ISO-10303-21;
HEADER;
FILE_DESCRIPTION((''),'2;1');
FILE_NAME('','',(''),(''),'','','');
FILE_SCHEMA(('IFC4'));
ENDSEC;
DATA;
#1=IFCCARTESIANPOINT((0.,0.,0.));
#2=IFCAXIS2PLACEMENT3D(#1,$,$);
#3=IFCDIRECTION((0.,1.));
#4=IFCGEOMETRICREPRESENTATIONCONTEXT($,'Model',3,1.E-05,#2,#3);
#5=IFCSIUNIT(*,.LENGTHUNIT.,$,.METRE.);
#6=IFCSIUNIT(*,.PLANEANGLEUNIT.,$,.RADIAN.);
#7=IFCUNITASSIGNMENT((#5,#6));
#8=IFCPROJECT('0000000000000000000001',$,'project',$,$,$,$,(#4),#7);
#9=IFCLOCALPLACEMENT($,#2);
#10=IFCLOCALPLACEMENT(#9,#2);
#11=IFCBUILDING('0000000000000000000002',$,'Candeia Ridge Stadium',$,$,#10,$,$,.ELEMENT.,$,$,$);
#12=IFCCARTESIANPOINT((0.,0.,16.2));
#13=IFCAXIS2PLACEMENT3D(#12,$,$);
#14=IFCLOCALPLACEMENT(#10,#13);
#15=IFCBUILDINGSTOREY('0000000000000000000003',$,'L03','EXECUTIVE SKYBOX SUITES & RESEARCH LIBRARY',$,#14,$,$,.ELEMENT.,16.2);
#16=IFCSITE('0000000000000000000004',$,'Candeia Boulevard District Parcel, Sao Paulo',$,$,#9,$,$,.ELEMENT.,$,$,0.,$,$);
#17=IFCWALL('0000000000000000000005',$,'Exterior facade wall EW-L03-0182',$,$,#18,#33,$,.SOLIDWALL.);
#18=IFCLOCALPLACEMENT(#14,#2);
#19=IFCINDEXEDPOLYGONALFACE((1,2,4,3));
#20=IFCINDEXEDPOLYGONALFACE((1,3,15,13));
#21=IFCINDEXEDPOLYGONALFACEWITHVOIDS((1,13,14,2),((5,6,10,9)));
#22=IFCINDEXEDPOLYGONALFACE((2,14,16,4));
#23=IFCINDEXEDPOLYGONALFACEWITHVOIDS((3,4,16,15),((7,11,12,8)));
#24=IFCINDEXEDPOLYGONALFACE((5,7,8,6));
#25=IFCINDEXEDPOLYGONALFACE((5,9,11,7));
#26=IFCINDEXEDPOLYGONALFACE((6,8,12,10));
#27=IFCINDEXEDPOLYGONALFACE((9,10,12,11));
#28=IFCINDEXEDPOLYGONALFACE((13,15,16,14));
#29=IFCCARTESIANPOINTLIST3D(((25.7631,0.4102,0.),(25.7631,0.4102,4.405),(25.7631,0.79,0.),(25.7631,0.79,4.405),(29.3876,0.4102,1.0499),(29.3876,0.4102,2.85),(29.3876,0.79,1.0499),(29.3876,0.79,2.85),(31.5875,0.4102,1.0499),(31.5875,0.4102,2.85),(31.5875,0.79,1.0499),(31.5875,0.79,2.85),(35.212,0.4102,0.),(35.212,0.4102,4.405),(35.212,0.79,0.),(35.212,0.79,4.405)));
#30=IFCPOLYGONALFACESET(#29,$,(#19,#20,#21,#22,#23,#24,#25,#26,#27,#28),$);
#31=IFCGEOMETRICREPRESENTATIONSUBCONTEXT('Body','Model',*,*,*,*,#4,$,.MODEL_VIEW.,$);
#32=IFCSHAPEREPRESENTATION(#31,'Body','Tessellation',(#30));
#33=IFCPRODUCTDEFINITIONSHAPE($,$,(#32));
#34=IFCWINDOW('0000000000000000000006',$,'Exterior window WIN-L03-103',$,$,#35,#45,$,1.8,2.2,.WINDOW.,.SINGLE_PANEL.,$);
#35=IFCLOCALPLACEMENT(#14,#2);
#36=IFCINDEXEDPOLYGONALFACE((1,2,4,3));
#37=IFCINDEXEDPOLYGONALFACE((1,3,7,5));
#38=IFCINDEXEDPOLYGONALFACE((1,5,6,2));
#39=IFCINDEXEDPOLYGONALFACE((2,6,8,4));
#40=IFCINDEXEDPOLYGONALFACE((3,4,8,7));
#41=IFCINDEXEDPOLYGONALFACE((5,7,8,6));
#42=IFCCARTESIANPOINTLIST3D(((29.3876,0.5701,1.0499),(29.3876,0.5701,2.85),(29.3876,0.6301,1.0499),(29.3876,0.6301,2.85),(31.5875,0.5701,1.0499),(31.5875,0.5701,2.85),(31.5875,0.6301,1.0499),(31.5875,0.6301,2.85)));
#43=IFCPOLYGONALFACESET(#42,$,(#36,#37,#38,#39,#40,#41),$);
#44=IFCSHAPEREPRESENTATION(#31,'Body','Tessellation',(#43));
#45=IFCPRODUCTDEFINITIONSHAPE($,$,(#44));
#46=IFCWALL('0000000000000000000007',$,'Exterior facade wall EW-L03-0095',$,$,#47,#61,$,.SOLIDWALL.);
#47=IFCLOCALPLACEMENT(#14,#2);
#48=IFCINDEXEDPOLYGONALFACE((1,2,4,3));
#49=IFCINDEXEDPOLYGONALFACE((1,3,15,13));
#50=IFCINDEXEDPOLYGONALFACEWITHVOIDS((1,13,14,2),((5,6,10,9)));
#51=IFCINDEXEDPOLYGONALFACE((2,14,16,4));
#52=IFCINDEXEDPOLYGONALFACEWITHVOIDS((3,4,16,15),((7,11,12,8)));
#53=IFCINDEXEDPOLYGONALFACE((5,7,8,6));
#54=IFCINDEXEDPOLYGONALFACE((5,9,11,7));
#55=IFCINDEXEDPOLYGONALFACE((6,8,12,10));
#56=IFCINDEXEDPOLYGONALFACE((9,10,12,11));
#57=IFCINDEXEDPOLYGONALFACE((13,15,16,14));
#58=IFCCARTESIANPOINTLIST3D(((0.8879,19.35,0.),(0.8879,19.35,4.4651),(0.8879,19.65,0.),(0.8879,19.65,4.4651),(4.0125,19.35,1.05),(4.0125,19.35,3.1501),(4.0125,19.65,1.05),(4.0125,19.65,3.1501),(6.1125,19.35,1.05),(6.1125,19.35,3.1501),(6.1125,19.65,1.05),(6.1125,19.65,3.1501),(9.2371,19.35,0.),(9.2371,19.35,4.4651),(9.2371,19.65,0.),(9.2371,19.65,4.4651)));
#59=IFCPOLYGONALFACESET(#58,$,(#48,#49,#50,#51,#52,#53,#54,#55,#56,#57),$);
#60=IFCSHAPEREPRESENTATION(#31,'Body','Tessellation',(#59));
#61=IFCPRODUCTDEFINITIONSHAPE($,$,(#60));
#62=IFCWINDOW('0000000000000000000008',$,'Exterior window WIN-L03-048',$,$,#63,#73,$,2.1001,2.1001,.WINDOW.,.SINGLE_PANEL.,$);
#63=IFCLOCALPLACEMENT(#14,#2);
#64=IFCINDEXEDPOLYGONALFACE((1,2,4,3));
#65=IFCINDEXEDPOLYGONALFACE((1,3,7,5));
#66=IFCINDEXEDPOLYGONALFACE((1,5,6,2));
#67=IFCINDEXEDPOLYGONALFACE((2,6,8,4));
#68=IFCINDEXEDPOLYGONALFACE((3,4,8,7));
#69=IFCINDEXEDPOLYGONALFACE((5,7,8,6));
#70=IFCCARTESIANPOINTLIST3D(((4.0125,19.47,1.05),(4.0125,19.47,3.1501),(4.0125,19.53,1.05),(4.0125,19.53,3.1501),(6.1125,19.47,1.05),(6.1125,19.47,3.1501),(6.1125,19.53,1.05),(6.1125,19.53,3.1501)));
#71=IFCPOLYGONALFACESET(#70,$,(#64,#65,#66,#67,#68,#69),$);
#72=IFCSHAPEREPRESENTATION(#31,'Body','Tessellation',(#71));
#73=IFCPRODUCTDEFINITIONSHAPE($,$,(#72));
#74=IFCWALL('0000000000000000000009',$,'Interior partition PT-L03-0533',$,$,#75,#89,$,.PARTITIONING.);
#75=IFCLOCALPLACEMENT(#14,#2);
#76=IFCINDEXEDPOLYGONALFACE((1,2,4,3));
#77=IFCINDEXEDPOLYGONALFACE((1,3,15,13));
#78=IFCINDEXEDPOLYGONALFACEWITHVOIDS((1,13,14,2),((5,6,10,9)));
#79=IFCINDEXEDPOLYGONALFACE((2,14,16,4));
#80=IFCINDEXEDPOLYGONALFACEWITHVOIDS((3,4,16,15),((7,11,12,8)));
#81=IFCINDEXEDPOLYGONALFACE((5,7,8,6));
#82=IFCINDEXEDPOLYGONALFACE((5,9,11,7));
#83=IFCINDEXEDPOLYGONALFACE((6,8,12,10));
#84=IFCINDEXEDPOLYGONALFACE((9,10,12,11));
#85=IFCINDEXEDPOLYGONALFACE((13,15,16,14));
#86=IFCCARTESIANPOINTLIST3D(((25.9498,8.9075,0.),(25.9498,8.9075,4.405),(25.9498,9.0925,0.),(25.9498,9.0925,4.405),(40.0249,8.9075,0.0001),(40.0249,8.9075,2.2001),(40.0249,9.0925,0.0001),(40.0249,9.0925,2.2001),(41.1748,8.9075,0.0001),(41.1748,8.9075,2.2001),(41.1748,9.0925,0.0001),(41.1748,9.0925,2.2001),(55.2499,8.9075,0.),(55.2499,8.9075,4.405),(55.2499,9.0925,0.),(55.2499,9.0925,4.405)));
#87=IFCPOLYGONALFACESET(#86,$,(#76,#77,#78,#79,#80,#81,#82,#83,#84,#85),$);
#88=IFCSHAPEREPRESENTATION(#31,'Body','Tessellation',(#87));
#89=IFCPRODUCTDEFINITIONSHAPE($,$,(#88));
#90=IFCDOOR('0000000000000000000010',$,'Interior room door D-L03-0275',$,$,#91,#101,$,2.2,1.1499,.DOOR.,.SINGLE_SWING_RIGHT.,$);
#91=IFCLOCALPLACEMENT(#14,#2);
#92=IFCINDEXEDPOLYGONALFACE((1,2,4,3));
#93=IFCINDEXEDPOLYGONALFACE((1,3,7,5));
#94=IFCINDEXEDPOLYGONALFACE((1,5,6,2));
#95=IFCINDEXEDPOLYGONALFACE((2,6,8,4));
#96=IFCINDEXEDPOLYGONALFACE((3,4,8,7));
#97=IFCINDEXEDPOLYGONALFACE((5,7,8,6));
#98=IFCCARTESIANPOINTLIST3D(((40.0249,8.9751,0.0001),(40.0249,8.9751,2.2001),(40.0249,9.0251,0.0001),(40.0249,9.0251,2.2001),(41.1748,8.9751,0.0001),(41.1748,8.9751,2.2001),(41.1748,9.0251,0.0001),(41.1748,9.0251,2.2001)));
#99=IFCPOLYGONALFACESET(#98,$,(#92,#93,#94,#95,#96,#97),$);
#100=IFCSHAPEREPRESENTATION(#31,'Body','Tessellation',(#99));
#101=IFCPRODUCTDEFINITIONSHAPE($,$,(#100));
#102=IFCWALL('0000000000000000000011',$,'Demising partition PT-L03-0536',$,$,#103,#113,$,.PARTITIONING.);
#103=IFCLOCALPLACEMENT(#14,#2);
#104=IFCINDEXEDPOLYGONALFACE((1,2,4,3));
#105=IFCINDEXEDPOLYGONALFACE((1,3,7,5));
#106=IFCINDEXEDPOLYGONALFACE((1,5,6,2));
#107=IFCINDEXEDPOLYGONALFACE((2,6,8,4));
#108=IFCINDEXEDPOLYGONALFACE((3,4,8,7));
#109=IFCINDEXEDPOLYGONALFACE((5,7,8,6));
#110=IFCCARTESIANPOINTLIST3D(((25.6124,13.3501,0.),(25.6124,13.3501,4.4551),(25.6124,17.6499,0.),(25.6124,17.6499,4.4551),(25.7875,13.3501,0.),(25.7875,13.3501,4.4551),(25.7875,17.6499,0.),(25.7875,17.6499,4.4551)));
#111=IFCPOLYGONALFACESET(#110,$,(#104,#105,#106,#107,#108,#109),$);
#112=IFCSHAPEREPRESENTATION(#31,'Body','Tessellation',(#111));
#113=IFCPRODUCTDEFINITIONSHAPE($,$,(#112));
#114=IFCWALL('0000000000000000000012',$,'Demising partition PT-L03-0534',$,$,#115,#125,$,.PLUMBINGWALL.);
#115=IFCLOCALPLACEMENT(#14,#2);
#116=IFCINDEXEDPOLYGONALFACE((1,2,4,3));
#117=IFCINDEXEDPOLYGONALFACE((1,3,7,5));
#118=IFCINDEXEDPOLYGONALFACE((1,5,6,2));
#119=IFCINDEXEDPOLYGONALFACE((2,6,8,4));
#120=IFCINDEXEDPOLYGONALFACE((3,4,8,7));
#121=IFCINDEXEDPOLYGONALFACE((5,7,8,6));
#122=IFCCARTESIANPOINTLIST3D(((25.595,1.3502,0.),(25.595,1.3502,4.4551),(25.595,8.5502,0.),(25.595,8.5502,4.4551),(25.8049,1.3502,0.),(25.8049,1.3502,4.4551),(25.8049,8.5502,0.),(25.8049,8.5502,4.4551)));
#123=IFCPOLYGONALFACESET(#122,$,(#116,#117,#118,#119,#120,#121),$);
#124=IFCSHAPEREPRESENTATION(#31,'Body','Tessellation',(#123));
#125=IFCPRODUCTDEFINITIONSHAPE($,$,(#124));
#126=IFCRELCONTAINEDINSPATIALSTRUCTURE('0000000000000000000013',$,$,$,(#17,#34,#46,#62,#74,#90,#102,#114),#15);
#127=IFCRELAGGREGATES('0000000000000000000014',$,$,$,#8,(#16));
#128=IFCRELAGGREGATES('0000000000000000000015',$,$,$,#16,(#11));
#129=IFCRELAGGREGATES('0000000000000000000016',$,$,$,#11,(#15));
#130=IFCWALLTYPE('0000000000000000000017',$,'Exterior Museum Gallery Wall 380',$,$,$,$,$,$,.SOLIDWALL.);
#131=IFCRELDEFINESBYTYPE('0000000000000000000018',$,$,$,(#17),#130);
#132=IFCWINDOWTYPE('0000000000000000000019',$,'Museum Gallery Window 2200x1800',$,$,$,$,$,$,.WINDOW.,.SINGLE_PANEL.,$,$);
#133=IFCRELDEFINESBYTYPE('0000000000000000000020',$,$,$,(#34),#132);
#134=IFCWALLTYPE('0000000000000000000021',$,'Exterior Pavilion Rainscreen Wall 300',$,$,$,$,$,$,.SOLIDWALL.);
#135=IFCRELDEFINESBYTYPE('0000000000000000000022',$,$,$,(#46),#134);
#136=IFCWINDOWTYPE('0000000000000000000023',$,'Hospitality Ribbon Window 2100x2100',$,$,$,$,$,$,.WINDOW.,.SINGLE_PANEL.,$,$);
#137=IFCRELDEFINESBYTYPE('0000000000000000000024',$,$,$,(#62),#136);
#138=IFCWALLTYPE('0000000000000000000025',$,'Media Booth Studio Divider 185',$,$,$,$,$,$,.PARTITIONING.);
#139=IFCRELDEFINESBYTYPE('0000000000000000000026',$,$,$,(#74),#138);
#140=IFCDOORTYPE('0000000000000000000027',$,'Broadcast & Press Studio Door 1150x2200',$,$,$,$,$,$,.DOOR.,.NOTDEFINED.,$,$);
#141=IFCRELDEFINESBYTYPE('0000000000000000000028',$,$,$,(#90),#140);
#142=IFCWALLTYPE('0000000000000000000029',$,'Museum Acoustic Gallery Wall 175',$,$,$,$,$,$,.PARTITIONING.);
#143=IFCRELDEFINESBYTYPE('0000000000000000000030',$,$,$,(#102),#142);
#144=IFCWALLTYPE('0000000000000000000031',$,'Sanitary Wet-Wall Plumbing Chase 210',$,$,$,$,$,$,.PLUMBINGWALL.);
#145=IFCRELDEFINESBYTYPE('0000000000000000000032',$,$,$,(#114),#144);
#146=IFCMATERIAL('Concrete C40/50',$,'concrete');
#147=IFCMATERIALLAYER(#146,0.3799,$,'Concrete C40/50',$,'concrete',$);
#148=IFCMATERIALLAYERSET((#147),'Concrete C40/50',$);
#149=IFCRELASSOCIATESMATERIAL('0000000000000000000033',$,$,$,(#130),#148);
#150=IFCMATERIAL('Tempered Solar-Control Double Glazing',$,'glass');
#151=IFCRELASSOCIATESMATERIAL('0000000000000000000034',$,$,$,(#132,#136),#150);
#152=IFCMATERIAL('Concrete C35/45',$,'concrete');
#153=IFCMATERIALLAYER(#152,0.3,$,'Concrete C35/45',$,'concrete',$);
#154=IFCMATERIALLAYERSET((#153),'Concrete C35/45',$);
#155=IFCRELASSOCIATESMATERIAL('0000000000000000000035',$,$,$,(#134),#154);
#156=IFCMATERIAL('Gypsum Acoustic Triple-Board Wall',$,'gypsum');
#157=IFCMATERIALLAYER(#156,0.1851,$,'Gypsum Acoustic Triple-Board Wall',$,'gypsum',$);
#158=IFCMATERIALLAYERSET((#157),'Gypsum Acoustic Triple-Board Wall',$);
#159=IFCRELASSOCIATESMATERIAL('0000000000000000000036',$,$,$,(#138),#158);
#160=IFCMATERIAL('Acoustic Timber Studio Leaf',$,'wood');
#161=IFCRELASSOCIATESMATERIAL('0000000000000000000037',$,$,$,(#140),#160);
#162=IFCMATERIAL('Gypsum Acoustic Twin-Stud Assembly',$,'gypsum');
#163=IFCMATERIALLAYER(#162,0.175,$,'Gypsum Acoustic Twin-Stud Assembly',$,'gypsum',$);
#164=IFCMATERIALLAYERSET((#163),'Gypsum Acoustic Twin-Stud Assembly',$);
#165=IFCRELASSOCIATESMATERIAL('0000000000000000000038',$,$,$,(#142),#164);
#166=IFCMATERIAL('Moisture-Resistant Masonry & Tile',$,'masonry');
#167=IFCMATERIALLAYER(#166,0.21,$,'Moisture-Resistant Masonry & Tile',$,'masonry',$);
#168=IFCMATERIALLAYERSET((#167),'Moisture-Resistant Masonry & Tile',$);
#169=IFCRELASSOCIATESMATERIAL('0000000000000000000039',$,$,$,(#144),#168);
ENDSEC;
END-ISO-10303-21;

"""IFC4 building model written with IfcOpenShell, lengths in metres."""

from ifc_helpers import new_model, si_unit, direction, frame, frame_2d, origin, place, context, subcontext, project, spatial, rectangle, extrude, material, layer, layer_set, type_object, element, fill, save


model = new_model("IFC4")

# Units and contexts
model_context = context("Model", 3, precision=1e-05, world=origin(), true_north=direction((0.0, 1.0)))
body_context = subcontext(model_context, "Body", "Model", "MODEL_VIEW")
ifc_project = project(units=[si_unit("LENGTHUNIT", "METRE"), si_unit("PLANEANGLEUNIT", "RADIAN")], contexts=[model_context])

# Site, building, storey
site_placement = place(None, origin())
site = spatial("IfcSite", under=ifc_project, at=site_placement, Name="Candeia Boulevard District Parcel, Sao Paulo", CompositionType="ELEMENT", RefElevation=0.0)
building_placement = place(site_placement, origin())
building = spatial("IfcBuilding", under=site, at=building_placement, Name="Candeia Ridge Stadium", CompositionType="ELEMENT")
storey_placement = place(building_placement, frame((0.0, 0.0, 16.2)))
storey = spatial("IfcBuildingStorey", under=building, at=storey_placement, Name="L03", Description="EXECUTIVE SKYBOX SUITES & RESEARCH LIBRARY", CompositionType="ELEMENT", Elevation=16.2)

# Shared definitions
ifc_material_1 = material(Name="Concrete C40/50", Category="concrete")

# Walls, openings, windows
ifc_layer_1 = layer(ifc_material_1, 0.3799, Name="Concrete C40/50", Category="concrete")
ifc_layer_set_1 = layer_set([ifc_layer_1], Name="Concrete C40/50")
wall_type_1 = type_object("IfcWallType", Name="Exterior Museum Gallery Wall 380", PredefinedType="SOLIDWALL", material=ifc_layer_set_1)
wall_1_placement = place(storey_placement, frame((25.7629, 0.6001, 0.0), z_axis=(0.0, 0.0, 1.0), x_axis=(1.0, 0.0, 0.0)))
wall_1 = element("IfcWall", 1, at=wall_1_placement, inside=storey, type_object=wall_type_1, Name="Exterior facade wall EW-L03-0182", PredefinedType="SOLIDWALL", context=body_context, shape_type="SweptSolid", body=[
    extrude(rectangle(XDim=9.449, YDim=0.3799, at=frame_2d((4.7246, 0.0))), origin(), (0.0, 0.0, 1.0), 4.405),
])
opening_1_placement = place(wall_1_placement, frame((3.6245, 0.0, 1.05)))
opening_1 = element("IfcOpeningElement", 2, at=opening_1_placement, cuts=wall_1, PredefinedType="OPENING", context=body_context, shape_type="SweptSolid", body=[
    extrude(rectangle(XDim=2.2, YDim=1.8, at=frame_2d((1.1001, 0.8999))), frame((0.0, 0.2, 0.0), z_axis=(0.0, -1.0, 0.0), x_axis=(1.0, 0.0, 0.0)), (0.0, 0.0, 1.0), 0.3999),
])
ifc_material_2 = material(Name="Tempered Solar-Control Double Glazing", Category="glass")
window_type_1 = type_object("IfcWindowType", Name="Museum Gallery Window 2200x1800", PartitioningType="SINGLE_PANEL", PredefinedType="WINDOW", material=ifc_material_2)
window_1_placement = place(opening_1_placement, origin())
window_1 = element("IfcWindow", 3, at=window_1_placement, inside=storey, type_object=window_type_1, Name="Exterior window WIN-L03-103", OverallHeight=1.8, OverallWidth=2.2, PartitioningType="SINGLE_PANEL", PredefinedType="WINDOW", context=body_context, shape_type="SweptSolid", body=[
    extrude(rectangle(XDim=2.2, YDim=1.8, at=frame_2d((1.1001, 0.8999))), frame((0.0, 0.03, 0.0), z_axis=(0.0, -1.0, 0.0), x_axis=(1.0, 0.0, 0.0)), (0.0, 0.0, 1.0), 0.0601),
])
fill(opening_1, window_1)
ifc_material_3 = material(Name="Concrete C35/45", Category="concrete")
ifc_layer_2 = layer(ifc_material_3, 0.3, Name="Concrete C35/45", Category="concrete")
ifc_layer_set_2 = layer_set([ifc_layer_2], Name="Concrete C35/45")
wall_type_2 = type_object("IfcWallType", Name="Exterior Pavilion Rainscreen Wall 300", PredefinedType="SOLIDWALL", material=ifc_layer_set_2)
wall_2_placement = place(storey_placement, frame((0.8879, 19.5, 0.0), z_axis=(0.0, 0.0, 1.0), x_axis=(1.0, 0.0, 0.0)))
wall_2 = element("IfcWall", 4, at=wall_2_placement, inside=storey, type_object=wall_type_2, Name="Exterior facade wall EW-L03-0095", PredefinedType="SOLIDWALL", context=body_context, shape_type="SweptSolid", body=[
    extrude(rectangle(XDim=8.3491, YDim=0.3, at=frame_2d((4.1746, 0.0))), origin(), (0.0, 0.0, 1.0), 4.4651),
])
opening_2_placement = place(wall_2_placement, frame((3.1245, 0.0, 1.05)))
opening_2 = element("IfcOpeningElement", 5, at=opening_2_placement, cuts=wall_2, PredefinedType="OPENING", context=body_context, shape_type="SweptSolid", body=[
    extrude(rectangle(XDim=2.1001, YDim=2.1001, at=frame_2d((1.05, 1.05))), frame((0.0, 0.1599, 0.0), z_axis=(0.0, -1.0, 0.0), x_axis=(1.0, 0.0, 0.0)), (0.0, 0.0, 1.0), 0.3201),
])
window_type_2 = type_object("IfcWindowType", Name="Hospitality Ribbon Window 2100x2100", PartitioningType="SINGLE_PANEL", PredefinedType="WINDOW", material=ifc_material_2)
window_2_placement = place(opening_2_placement, origin())
window_2 = element("IfcWindow", 6, at=window_2_placement, inside=storey, type_object=window_type_2, Name="Exterior window WIN-L03-048", OverallHeight=2.1001, OverallWidth=2.1001, PartitioningType="SINGLE_PANEL", PredefinedType="WINDOW", context=body_context, shape_type="SweptSolid", body=[
    extrude(rectangle(XDim=2.1001, YDim=2.1001, at=frame_2d((1.05, 1.05))), frame((0.0, 0.03, 0.0), z_axis=(0.0, -1.0, 0.0), x_axis=(1.0, 0.0, 0.0)), (0.0, 0.0, 1.0), 0.0601),
])
fill(opening_2, window_2)

# Wall, opening, door
ifc_material_4 = material(Name="Gypsum Acoustic Triple-Board Wall", Category="gypsum")
ifc_layer_3 = layer(ifc_material_4, 0.1851, Name="Gypsum Acoustic Triple-Board Wall", Category="gypsum")
ifc_layer_set_3 = layer_set([ifc_layer_3], Name="Gypsum Acoustic Triple-Board Wall")
wall_type_3 = type_object("IfcWallType", Name="Media Booth Studio Divider 185", PredefinedType="PARTITIONING", material=ifc_layer_set_3)
wall_3_placement = place(storey_placement, frame((25.95, 9.0, 0.0), z_axis=(0.0, 0.0, 1.0), x_axis=(1.0, 0.0, 0.0)))
wall_3 = element("IfcWall", 7, at=wall_3_placement, inside=storey, type_object=wall_type_3, Name="Interior partition PT-L03-0533", PredefinedType="PARTITIONING", context=body_context, shape_type="SweptSolid", body=[
    extrude(rectangle(XDim=29.3, YDim=0.1851, at=frame_2d((14.6499, 0.0))), origin(), (0.0, 0.0, 1.0), 4.405),
])
opening_3_placement = place(wall_3_placement, frame((14.075, 0.0, 0.0)))
opening_3 = element("IfcOpeningElement", 8, at=opening_3_placement, cuts=wall_3, PredefinedType="OPENING", context=body_context, shape_type="SweptSolid", body=[
    extrude(rectangle(XDim=1.1499, YDim=2.2, at=frame_2d((0.575, 1.1001))), frame((0.0, 0.1025, 0.0), z_axis=(0.0, -1.0, 0.0), x_axis=(1.0, 0.0, 0.0)), (0.0, 0.0, 1.0), 0.2051),
])
ifc_material_5 = material(Name="Acoustic Timber Studio Leaf", Category="wood")
door_type = type_object("IfcDoorType", Name="Broadcast & Press Studio Door 1150x2200", OperationType="NOTDEFINED", PredefinedType="DOOR", material=ifc_material_5)
door_placement = place(opening_3_placement, frame((1.1499, 0.0, 0.0), z_axis=(0.0, 0.0, 1.0), x_axis=(-1.0, 0.0, 0.0)))
door = element("IfcDoor", 9, at=door_placement, inside=storey, type_object=door_type, Name="Interior room door D-L03-0275", OperationType="SINGLE_SWING_RIGHT", OverallHeight=2.2, OverallWidth=1.1499, PredefinedType="DOOR", context=body_context, shape_type="SweptSolid", body=[
    extrude(rectangle(XDim=1.1499, YDim=2.2, at=frame_2d((0.575, 1.1001))), frame((0.0, 0.0249, 0.0), z_axis=(0.0, -1.0, 0.0), x_axis=(1.0, 0.0, 0.0)), (0.0, 0.0, 1.0), 0.05),
])
fill(opening_3, door)

# Walls
ifc_material_6 = material(Name="Gypsum Acoustic Twin-Stud Assembly", Category="gypsum")
ifc_layer_4 = layer(ifc_material_6, 0.175, Name="Gypsum Acoustic Twin-Stud Assembly", Category="gypsum")
ifc_layer_set_4 = layer_set([ifc_layer_4], Name="Gypsum Acoustic Twin-Stud Assembly")
wall_type_4 = type_object("IfcWallType", Name="Museum Acoustic Gallery Wall 175", PredefinedType="PARTITIONING", material=ifc_layer_set_4)
wall_4_placement = place(storey_placement, frame((25.7, 13.3501, 0.0), z_axis=(0.0, 0.0, 1.0), x_axis=(0.0, 1.0, 0.0)))
element("IfcWall", 10, at=wall_4_placement, inside=storey, type_object=wall_type_4, Name="Demising partition PT-L03-0536", PredefinedType="PARTITIONING", context=body_context, shape_type="SweptSolid", body=[
    extrude(rectangle(XDim=4.2998, YDim=0.175, at=frame_2d((2.1499, 0.0))), origin(), (0.0, 0.0, 1.0), 4.4551),
])
ifc_material_7 = material(Name="Moisture-Resistant Masonry & Tile", Category="masonry")
ifc_layer_5 = layer(ifc_material_7, 0.21, Name="Moisture-Resistant Masonry & Tile", Category="masonry")
ifc_layer_set_5 = layer_set([ifc_layer_5], Name="Moisture-Resistant Masonry & Tile")
wall_type_5 = type_object("IfcWallType", Name="Sanitary Wet-Wall Plumbing Chase 210", PredefinedType="PLUMBINGWALL", material=ifc_layer_set_5)
wall_5_placement = place(storey_placement, frame((25.7, 1.3501, 0.0), z_axis=(0.0, 0.0, 1.0), x_axis=(0.0, 1.0, 0.0)))
element("IfcWall", 11, at=wall_5_placement, inside=storey, type_object=wall_type_5, Name="Demising partition PT-L03-0534", PredefinedType="PLUMBINGWALL", context=body_context, shape_type="SweptSolid", body=[
    extrude(rectangle(XDim=7.2, YDim=0.21, at=frame_2d((3.6001, 0.0))), origin(), (0.0, 0.0, 1.0), 4.4551),
])

save(model, "model.ifc")
